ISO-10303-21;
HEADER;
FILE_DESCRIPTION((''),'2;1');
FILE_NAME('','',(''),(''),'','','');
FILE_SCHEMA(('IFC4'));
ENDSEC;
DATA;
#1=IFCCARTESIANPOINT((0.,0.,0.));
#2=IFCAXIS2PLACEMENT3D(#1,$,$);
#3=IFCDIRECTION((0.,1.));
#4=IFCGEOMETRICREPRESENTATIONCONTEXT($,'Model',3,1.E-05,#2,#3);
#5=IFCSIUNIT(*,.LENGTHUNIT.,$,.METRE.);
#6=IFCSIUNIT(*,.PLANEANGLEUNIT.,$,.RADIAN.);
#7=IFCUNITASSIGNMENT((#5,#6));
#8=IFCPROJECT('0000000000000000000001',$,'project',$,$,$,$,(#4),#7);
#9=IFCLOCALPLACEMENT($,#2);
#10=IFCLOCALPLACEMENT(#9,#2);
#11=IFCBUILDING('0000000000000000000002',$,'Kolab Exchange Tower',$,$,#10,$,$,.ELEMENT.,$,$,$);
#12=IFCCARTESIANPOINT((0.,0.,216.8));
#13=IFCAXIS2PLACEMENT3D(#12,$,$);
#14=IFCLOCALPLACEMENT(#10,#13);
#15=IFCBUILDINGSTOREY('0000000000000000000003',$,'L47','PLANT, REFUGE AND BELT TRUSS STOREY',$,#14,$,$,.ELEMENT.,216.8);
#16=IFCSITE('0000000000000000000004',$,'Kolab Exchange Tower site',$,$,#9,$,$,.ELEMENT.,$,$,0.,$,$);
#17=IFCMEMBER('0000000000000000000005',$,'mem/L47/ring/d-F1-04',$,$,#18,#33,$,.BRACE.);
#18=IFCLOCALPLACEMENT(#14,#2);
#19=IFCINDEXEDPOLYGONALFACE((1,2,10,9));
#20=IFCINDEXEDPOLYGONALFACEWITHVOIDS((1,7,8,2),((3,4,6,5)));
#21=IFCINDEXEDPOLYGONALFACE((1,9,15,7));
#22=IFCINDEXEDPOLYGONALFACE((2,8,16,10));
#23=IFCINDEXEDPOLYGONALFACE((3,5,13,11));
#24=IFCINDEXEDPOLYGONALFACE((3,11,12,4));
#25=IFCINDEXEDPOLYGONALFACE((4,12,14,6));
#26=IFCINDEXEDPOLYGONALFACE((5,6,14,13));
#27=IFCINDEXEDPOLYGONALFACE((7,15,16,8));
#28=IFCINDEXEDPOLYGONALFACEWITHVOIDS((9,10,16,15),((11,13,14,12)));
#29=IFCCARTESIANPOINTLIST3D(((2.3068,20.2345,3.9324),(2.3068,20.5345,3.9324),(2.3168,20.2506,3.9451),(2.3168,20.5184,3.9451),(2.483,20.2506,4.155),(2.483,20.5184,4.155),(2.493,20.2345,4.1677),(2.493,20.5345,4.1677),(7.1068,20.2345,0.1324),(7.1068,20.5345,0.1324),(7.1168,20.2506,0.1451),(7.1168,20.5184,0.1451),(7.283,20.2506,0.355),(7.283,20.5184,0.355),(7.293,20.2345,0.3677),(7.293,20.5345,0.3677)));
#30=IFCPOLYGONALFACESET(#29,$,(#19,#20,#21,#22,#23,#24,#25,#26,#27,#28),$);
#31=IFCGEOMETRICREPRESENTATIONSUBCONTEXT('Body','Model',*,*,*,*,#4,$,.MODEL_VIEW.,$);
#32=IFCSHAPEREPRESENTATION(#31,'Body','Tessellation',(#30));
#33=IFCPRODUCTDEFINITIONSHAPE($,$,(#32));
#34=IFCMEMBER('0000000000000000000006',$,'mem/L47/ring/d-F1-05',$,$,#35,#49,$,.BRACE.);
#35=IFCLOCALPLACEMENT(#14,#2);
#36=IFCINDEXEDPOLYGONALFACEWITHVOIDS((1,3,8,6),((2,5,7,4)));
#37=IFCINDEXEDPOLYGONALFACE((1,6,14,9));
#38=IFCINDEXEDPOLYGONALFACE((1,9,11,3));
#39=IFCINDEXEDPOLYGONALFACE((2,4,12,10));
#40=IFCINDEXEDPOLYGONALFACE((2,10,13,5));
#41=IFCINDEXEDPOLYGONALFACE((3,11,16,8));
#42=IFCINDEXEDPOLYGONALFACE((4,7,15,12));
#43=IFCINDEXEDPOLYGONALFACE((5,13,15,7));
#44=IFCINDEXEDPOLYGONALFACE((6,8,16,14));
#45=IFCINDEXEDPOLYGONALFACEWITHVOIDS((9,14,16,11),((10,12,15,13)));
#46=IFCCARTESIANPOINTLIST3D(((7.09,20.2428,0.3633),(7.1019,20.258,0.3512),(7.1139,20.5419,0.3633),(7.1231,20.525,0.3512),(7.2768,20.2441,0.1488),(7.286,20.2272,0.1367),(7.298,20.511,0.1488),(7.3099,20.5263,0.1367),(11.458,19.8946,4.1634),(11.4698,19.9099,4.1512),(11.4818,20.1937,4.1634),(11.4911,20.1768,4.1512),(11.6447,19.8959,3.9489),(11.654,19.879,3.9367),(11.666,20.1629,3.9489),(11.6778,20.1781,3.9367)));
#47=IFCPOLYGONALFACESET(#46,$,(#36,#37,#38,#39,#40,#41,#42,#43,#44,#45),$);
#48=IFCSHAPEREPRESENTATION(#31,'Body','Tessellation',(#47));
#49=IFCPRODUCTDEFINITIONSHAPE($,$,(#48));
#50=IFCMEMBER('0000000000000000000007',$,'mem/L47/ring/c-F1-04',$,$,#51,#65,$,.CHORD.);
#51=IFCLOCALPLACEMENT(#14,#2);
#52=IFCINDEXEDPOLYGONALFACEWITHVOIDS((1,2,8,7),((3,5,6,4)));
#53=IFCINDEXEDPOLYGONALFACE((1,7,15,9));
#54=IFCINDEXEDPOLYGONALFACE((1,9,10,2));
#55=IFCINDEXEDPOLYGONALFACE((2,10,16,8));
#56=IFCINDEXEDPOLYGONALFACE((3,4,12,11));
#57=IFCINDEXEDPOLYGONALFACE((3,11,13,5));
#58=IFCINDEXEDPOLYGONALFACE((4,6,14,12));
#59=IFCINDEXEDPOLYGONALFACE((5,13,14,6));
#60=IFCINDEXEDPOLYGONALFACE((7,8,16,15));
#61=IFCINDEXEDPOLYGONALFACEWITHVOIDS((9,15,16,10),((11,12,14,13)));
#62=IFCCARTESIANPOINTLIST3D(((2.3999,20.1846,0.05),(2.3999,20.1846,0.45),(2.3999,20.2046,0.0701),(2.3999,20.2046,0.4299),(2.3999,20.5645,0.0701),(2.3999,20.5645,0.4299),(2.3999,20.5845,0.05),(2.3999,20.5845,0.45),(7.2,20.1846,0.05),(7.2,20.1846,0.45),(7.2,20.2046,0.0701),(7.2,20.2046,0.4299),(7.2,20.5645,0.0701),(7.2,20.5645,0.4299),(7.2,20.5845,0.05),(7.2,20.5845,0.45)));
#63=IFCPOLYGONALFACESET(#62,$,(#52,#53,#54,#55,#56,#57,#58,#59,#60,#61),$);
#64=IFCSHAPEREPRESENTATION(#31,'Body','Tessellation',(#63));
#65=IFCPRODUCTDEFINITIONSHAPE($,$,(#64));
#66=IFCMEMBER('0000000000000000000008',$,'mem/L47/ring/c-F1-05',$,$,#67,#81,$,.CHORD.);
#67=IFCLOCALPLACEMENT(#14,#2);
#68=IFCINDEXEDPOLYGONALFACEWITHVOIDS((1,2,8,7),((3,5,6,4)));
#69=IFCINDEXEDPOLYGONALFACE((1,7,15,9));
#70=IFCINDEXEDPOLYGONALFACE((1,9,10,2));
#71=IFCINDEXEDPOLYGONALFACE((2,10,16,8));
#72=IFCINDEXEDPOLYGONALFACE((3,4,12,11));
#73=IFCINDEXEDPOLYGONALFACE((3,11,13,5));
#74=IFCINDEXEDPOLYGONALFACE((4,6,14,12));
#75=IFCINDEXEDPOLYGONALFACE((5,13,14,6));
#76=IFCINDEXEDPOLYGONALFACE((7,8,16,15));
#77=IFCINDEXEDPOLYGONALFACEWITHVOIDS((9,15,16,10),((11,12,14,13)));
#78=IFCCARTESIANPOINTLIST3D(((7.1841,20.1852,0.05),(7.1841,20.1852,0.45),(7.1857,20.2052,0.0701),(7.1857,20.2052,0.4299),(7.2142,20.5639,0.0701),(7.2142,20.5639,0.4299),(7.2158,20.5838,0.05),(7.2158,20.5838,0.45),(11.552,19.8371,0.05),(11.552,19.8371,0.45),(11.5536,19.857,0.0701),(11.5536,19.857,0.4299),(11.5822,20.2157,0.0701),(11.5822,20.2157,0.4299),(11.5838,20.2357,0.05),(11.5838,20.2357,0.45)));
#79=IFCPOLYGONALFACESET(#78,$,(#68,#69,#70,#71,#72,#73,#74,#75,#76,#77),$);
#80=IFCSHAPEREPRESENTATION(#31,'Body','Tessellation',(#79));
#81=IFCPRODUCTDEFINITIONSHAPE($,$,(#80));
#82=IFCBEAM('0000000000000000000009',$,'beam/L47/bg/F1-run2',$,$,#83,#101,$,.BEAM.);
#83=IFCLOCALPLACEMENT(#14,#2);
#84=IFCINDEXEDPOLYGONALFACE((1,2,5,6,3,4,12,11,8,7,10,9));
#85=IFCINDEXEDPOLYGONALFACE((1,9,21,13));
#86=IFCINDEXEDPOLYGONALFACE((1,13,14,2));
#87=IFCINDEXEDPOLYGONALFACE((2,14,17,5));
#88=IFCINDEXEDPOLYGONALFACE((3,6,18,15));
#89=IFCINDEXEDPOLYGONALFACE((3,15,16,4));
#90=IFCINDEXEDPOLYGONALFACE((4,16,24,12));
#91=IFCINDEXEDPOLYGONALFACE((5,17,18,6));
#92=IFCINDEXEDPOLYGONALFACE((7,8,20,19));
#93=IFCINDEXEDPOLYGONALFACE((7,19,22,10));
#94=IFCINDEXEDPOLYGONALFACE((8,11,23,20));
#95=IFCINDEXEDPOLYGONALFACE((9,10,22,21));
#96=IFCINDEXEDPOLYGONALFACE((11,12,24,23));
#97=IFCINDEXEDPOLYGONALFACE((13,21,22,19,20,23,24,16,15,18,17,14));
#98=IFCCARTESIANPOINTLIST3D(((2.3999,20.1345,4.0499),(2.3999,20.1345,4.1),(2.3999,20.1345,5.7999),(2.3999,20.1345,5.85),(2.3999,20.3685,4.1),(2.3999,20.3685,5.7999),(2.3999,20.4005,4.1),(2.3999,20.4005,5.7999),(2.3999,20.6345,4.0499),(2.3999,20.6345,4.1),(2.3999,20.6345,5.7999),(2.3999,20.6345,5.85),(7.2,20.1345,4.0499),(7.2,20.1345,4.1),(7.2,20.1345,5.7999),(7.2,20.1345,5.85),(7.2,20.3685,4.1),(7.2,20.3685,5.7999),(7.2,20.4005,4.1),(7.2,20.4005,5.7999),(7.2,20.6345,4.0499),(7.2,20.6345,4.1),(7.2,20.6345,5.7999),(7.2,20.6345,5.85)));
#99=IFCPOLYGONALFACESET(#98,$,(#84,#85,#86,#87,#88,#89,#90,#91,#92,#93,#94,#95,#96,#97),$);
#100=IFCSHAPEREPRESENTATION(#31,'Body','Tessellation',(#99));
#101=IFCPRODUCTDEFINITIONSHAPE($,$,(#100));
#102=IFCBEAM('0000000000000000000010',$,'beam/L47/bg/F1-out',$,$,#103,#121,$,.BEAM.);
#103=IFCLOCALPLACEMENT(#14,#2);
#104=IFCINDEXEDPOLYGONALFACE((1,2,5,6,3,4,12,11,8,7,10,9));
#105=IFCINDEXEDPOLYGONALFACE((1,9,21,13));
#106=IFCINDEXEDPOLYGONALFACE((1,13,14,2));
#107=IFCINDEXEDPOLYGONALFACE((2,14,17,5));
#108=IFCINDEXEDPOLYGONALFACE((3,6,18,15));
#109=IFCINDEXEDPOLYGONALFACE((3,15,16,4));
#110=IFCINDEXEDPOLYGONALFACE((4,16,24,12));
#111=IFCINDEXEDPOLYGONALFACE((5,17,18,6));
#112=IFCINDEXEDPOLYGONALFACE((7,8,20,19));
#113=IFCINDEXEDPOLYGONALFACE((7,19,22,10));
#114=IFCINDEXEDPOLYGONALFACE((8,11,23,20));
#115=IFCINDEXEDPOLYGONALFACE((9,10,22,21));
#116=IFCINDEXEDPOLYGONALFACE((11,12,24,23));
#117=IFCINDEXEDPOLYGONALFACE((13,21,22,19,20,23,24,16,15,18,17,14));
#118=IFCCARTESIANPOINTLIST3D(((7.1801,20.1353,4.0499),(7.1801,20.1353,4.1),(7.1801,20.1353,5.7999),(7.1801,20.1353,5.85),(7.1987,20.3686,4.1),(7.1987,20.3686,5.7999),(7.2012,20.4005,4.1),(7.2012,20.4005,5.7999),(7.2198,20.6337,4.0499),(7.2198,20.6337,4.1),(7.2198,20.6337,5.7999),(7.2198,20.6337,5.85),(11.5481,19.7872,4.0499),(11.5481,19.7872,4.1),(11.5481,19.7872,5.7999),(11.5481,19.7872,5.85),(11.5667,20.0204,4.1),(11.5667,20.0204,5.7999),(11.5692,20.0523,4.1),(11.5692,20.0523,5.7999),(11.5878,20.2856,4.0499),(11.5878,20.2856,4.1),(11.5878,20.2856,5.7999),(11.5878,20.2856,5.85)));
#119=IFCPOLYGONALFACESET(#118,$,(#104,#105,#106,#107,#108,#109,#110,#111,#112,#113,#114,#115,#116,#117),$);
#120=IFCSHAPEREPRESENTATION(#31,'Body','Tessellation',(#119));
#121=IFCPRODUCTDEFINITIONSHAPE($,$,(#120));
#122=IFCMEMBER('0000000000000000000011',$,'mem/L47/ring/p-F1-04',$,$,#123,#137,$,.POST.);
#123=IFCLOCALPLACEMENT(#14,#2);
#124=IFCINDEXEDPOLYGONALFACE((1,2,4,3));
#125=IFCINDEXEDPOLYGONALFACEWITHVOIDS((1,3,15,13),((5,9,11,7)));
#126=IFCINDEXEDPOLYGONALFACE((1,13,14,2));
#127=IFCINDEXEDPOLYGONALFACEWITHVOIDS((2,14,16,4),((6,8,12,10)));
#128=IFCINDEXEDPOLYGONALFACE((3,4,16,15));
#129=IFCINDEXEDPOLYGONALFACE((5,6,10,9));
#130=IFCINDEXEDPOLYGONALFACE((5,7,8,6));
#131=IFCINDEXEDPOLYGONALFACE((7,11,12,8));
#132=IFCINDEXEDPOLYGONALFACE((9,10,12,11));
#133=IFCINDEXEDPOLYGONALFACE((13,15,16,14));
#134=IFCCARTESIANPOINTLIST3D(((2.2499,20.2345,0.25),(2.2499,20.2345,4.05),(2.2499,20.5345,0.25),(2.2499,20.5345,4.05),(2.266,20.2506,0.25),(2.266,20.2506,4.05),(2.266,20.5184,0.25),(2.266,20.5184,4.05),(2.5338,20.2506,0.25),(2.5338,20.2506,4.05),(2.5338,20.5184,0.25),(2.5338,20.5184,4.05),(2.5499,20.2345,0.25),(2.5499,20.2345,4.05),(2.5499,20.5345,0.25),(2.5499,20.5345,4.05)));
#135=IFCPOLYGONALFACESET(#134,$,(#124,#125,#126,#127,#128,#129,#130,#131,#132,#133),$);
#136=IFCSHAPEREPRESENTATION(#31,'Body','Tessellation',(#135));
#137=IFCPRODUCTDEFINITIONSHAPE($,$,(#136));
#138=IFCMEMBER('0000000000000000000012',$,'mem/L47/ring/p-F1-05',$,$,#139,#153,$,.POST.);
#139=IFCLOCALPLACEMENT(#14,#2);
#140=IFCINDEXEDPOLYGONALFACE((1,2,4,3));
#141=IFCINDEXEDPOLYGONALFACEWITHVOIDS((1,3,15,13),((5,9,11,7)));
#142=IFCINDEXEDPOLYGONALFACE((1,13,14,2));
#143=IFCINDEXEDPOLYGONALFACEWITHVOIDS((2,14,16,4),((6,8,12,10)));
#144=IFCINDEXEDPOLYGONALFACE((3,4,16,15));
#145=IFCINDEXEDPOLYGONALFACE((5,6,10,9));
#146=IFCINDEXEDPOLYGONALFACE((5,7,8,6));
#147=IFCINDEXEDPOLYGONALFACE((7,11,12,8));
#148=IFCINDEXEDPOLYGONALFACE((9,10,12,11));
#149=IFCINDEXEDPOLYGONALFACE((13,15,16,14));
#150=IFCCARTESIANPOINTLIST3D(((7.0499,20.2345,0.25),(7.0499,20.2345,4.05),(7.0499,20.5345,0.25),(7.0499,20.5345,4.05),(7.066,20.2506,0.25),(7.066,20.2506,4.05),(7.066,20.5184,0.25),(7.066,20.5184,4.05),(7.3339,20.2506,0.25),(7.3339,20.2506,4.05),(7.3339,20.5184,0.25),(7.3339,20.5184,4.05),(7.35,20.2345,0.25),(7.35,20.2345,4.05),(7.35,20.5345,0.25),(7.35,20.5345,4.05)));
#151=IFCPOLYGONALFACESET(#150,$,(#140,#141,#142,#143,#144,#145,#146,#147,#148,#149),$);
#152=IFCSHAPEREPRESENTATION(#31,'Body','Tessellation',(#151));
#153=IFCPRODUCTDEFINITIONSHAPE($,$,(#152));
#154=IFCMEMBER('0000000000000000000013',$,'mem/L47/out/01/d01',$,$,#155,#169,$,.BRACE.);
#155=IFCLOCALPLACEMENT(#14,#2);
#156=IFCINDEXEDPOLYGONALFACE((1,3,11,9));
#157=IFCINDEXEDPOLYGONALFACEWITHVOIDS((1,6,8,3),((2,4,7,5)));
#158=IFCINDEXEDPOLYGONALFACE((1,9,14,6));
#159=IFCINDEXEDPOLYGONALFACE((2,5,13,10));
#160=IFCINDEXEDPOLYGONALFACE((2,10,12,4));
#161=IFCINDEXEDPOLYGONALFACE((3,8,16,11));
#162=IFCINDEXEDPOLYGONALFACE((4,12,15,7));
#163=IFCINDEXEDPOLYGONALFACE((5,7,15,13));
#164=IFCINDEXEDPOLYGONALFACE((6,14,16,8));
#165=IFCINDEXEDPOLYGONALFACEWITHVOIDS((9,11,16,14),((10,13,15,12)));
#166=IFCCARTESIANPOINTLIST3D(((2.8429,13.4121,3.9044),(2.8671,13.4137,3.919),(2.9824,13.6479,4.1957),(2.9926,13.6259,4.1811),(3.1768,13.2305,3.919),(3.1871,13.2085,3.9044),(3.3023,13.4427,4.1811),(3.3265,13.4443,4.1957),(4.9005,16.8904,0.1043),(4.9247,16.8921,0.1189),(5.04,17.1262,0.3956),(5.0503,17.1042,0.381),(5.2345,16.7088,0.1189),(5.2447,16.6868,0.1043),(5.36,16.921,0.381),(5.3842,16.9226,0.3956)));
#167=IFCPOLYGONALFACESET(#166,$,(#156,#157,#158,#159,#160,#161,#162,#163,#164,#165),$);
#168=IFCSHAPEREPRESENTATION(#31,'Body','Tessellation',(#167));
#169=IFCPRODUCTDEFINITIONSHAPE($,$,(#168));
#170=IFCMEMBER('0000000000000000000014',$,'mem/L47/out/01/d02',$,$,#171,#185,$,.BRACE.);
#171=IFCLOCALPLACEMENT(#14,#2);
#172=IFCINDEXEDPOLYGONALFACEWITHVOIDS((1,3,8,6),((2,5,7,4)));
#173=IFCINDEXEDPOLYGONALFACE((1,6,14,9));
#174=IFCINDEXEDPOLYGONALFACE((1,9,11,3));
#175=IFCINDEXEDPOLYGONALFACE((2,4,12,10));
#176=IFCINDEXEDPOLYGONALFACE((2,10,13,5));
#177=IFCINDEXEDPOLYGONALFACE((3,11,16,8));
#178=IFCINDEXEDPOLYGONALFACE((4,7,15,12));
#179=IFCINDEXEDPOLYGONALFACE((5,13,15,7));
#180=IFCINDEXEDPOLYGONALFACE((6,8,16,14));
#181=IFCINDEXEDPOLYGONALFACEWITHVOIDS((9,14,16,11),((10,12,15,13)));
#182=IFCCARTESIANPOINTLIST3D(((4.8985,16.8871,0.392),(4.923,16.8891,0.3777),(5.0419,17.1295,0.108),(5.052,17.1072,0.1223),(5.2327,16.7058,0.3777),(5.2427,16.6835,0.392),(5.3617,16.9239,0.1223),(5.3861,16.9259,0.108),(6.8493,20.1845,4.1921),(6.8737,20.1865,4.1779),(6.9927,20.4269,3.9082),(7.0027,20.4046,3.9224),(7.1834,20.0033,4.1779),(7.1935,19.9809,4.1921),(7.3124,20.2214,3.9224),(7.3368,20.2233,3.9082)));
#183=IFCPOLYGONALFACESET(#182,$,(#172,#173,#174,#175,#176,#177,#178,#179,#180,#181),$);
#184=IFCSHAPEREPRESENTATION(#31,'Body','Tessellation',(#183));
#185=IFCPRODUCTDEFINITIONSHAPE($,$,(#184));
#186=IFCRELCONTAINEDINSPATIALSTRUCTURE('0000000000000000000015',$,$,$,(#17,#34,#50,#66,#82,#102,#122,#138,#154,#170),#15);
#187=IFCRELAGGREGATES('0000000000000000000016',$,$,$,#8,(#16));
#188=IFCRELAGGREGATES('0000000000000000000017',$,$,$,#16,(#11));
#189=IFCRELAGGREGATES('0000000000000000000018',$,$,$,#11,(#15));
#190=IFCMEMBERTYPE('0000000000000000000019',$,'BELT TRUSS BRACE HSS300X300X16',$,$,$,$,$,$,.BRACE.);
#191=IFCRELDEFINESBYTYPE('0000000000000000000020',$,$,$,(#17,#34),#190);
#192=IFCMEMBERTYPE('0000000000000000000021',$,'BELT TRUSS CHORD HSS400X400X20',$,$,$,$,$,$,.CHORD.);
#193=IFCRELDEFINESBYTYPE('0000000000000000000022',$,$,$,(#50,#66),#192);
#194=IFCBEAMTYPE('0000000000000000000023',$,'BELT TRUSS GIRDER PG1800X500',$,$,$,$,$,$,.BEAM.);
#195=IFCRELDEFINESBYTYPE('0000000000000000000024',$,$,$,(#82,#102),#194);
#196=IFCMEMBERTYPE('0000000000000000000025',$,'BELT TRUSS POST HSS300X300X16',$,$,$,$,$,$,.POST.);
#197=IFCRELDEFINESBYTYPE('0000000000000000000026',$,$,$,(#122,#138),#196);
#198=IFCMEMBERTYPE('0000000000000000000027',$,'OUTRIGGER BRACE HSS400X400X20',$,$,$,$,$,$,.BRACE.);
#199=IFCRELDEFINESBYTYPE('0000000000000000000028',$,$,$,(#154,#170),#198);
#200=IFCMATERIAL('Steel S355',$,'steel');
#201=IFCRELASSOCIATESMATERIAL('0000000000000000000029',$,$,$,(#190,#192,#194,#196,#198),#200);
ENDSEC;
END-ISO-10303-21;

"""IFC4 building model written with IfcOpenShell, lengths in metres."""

from ifc_helpers import new_model, si_unit, direction, frame, origin, origin_2d, place, context, subcontext, project, spatial, hollow_rectangle, i_section, extrude, material, material_profile, profile_set, type_object, element, save


model = new_model("IFC4")

# Units and contexts
model_context = context("Model", 3, precision=1e-05, world=origin(), true_north=direction((0.0, 1.0)))
body_context = subcontext(model_context, "Body", "Model", "MODEL_VIEW")
ifc_project = project(units=[si_unit("LENGTHUNIT", "METRE"), si_unit("PLANEANGLEUNIT", "RADIAN")], contexts=[model_context])

# Site, building, storey
site_placement = place(None, origin())
site = spatial("IfcSite", under=ifc_project, at=site_placement, Name="Kolab Exchange Tower site", CompositionType="ELEMENT", RefElevation=0.0)
building_placement = place(site_placement, origin())
building = spatial("IfcBuilding", under=site, at=building_placement, Name="Kolab Exchange Tower", CompositionType="ELEMENT")
storey_placement = place(building_placement, frame((0.0, 0.0, 216.8)))
storey = spatial("IfcBuildingStorey", under=building, at=storey_placement, Name="L47", Description="PLANT, REFUGE AND BELT TRUSS STOREY", CompositionType="ELEMENT", Elevation=216.8)

# Members
ifc_material_1 = material(Name="Steel S355", Category="steel")
ifc_material_profile_1 = material_profile(ifc_material_1, hollow_rectangle(XDim=0.3, YDim=0.3, WallThickness=0.0161, at=origin_2d()), Name="HSS300X300X16")
ifc_profile_set_1 = profile_set([ifc_material_profile_1], Name="Steel S355")
member_type_1 = type_object("IfcMemberType", Name="BELT TRUSS BRACE HSS300X300X16", PredefinedType="BRACE", material=ifc_profile_set_1)
member_1_placement = place(storey_placement, frame((2.3999, 20.3845, 4.05), z_axis=(0.784045, 0.0, -0.620704), x_axis=(0.0, 1.0, 0.0)))
element("IfcMember", 1, at=member_1_placement, inside=storey, type_object=member_type_1, Name="mem/L47/ring/d-F1-04", PredefinedType="BRACE", context=body_context, shape_type="SweptSolid", body=[
    extrude(hollow_rectangle(XDim=0.3, YDim=0.3, WallThickness=0.0161, at=origin_2d()), origin(), (0.0, 0.0, 1.0), 6.1221),
])
member_2_placement = place(storey_placement, frame((7.2, 20.3845, 0.25), z_axis=(0.753086, -0.060025, 0.655178), x_axis=(0.079453, 0.996839, 0.0)))
element("IfcMember", 2, at=member_2_placement, inside=storey, type_object=member_type_1, Name="mem/L47/ring/d-F1-05", PredefinedType="BRACE", context=body_context, shape_type="SweptSolid", body=[
    extrude(hollow_rectangle(XDim=0.3, YDim=0.3, WallThickness=0.0161, at=origin_2d()), origin(), (0.0, 0.0, 1.0), 5.8),
])
ifc_material_profile_2 = material_profile(ifc_material_1, hollow_rectangle(XDim=0.3999, YDim=0.3999, WallThickness=0.02, at=origin_2d()), Name="HSS400X400X20")
ifc_profile_set_2 = profile_set([ifc_material_profile_2], Name="Steel S355")
member_type_2 = type_object("IfcMemberType", Name="BELT TRUSS CHORD HSS400X400X20", PredefinedType="CHORD", material=ifc_profile_set_2)
member_3_placement = place(storey_placement, frame((2.3999, 20.3845, 0.25), z_axis=(1.0, 0.0, 0.0), x_axis=(0.0, 1.0, 0.0)))
element("IfcMember", 3, at=member_3_placement, inside=storey, type_object=member_type_2, Name="mem/L47/ring/c-F1-04", PredefinedType="CHORD", context=body_context, shape_type="SweptSolid", body=[
    extrude(hollow_rectangle(XDim=0.3999, YDim=0.3999, WallThickness=0.02, at=origin_2d()), origin(), (0.0, 0.0, 1.0), 4.8),
])
member_4_placement = place(storey_placement, frame((7.2, 20.3845, 0.25), z_axis=(0.996839, -0.079453, 0.0), x_axis=(0.079453, 0.996839, 0.0)))
element("IfcMember", 4, at=member_4_placement, inside=storey, type_object=member_type_2, Name="mem/L47/ring/c-F1-05", PredefinedType="CHORD", context=body_context, shape_type="SweptSolid", body=[
    extrude(hollow_rectangle(XDim=0.3999, YDim=0.3999, WallThickness=0.02, at=origin_2d()), origin(), (0.0, 0.0, 1.0), 4.3818),
])

# Beams
ifc_material_profile_3 = material_profile(ifc_material_1, i_section(OverallWidth=0.5, OverallDepth=1.8, WebThickness=0.032, FlangeThickness=0.05, at=origin_2d()), Name="PG1800X500")
ifc_profile_set_3 = profile_set([ifc_material_profile_3], Name="Steel S355")
beam_type_1 = type_object("IfcBeamType", Name="BELT TRUSS GIRDER PG1800X500", PredefinedType="BEAM", material=ifc_profile_set_3)
beam_1_placement = place(storey_placement, frame((2.3999, 20.3845, 4.95), z_axis=(1.0, 0.0, 0.0), x_axis=(0.0, 1.0, 0.0)))
element("IfcBeam", 5, at=beam_1_placement, inside=storey, type_object=beam_type_1, Name="beam/L47/bg/F1-run2", PredefinedType="BEAM", context=body_context, shape_type="SweptSolid", body=[
    extrude(i_section(OverallWidth=0.5, OverallDepth=1.8, WebThickness=0.032, FlangeThickness=0.05, at=origin_2d()), origin(), (0.0, 0.0, 1.0), 4.8),
])
beam_2_placement = place(storey_placement, frame((7.2, 20.3845, 4.95), z_axis=(0.996839, -0.079453, 0.0), x_axis=(0.079453, 0.996839, 0.0)))
element("IfcBeam", 6, at=beam_2_placement, inside=storey, type_object=beam_type_1, Name="beam/L47/bg/F1-out", PredefinedType="BEAM", context=body_context, shape_type="SweptSolid", body=[
    extrude(i_section(OverallWidth=0.5, OverallDepth=1.8, WebThickness=0.032, FlangeThickness=0.05, at=origin_2d()), origin(), (0.0, 0.0, 1.0), 4.3818),
])

# Members
ifc_material_profile_4 = material_profile(ifc_material_1, hollow_rectangle(XDim=0.3, YDim=0.3, WallThickness=0.0161, at=origin_2d()), Name="HSS300X300X16")
ifc_profile_set_4 = profile_set([ifc_material_profile_4], Name="Steel S355")
member_type_3 = type_object("IfcMemberType", Name="BELT TRUSS POST HSS300X300X16", PredefinedType="POST", material=ifc_profile_set_4)
for number, where, z_axis, x_axis, name in (
    (7, (2.3999, 20.3845, 0.25), (0.0, 0.0, 1.0), (1.0, 0.0, 0.0), "mem/L47/ring/p-F1-04"),
    (8, (7.2, 20.3845, 0.25), (0.0, 0.0, 1.0), (1.0, 0.0, 0.0), "mem/L47/ring/p-F1-05"),
):
    element("IfcMember", number, at=place(storey_placement, frame(where, z_axis=z_axis, x_axis=x_axis)), inside=storey, type_object=member_type_3, Name=name, PredefinedType="POST", context=body_context, shape_type="SweptSolid", body=[
        extrude(hollow_rectangle(XDim=0.3, YDim=0.3, WallThickness=0.0161, at=origin_2d()), origin(), (0.0, 0.0, 1.0), 3.8),
    ])
ifc_material_profile_5 = material_profile(ifc_material_1, hollow_rectangle(XDim=0.3999, YDim=0.3999, WallThickness=0.02, at=origin_2d()), Name="HSS400X400X20")
ifc_profile_set_5 = profile_set([ifc_material_profile_5], Name="Steel S355")
member_type_4 = type_object("IfcMemberType", Name="OUTRIGGER BRACE HSS400X400X20", PredefinedType="BRACE", material=ifc_profile_set_5)
member_5_placement = place(storey_placement, frame((3.0847, 13.4282, 4.05), z_axis=(0.370922, 0.627021, -0.685027), x_axis=(-0.86068, 0.509146, 0.0)))
element("IfcMember", 9, at=member_5_placement, inside=storey, type_object=member_type_4, Name="mem/L47/out/01/d01", PredefinedType="BRACE", context=body_context, shape_type="SweptSolid", body=[
    extrude(hollow_rectangle(XDim=0.3999, YDim=0.3999, WallThickness=0.02, at=origin_2d()), origin(), (0.0, 0.0, 1.0), 5.5474),
])
member_6_placement = place(storey_placement, frame((5.1423, 16.9065, 0.25), z_axis=(0.361497, 0.611062, 0.704218), x_axis=(-0.86067, 0.509163, 0.0)))
element("IfcMember", 10, at=member_6_placement, inside=storey, type_object=member_type_4, Name="mem/L47/out/01/d02", PredefinedType="BRACE", context=body_context, shape_type="SweptSolid", body=[
    extrude(hollow_rectangle(XDim=0.3999, YDim=0.3999, WallThickness=0.02, at=origin_2d()), origin(), (0.0, 0.0, 1.0), 5.3962),
])

save(model, "model.ifc")
